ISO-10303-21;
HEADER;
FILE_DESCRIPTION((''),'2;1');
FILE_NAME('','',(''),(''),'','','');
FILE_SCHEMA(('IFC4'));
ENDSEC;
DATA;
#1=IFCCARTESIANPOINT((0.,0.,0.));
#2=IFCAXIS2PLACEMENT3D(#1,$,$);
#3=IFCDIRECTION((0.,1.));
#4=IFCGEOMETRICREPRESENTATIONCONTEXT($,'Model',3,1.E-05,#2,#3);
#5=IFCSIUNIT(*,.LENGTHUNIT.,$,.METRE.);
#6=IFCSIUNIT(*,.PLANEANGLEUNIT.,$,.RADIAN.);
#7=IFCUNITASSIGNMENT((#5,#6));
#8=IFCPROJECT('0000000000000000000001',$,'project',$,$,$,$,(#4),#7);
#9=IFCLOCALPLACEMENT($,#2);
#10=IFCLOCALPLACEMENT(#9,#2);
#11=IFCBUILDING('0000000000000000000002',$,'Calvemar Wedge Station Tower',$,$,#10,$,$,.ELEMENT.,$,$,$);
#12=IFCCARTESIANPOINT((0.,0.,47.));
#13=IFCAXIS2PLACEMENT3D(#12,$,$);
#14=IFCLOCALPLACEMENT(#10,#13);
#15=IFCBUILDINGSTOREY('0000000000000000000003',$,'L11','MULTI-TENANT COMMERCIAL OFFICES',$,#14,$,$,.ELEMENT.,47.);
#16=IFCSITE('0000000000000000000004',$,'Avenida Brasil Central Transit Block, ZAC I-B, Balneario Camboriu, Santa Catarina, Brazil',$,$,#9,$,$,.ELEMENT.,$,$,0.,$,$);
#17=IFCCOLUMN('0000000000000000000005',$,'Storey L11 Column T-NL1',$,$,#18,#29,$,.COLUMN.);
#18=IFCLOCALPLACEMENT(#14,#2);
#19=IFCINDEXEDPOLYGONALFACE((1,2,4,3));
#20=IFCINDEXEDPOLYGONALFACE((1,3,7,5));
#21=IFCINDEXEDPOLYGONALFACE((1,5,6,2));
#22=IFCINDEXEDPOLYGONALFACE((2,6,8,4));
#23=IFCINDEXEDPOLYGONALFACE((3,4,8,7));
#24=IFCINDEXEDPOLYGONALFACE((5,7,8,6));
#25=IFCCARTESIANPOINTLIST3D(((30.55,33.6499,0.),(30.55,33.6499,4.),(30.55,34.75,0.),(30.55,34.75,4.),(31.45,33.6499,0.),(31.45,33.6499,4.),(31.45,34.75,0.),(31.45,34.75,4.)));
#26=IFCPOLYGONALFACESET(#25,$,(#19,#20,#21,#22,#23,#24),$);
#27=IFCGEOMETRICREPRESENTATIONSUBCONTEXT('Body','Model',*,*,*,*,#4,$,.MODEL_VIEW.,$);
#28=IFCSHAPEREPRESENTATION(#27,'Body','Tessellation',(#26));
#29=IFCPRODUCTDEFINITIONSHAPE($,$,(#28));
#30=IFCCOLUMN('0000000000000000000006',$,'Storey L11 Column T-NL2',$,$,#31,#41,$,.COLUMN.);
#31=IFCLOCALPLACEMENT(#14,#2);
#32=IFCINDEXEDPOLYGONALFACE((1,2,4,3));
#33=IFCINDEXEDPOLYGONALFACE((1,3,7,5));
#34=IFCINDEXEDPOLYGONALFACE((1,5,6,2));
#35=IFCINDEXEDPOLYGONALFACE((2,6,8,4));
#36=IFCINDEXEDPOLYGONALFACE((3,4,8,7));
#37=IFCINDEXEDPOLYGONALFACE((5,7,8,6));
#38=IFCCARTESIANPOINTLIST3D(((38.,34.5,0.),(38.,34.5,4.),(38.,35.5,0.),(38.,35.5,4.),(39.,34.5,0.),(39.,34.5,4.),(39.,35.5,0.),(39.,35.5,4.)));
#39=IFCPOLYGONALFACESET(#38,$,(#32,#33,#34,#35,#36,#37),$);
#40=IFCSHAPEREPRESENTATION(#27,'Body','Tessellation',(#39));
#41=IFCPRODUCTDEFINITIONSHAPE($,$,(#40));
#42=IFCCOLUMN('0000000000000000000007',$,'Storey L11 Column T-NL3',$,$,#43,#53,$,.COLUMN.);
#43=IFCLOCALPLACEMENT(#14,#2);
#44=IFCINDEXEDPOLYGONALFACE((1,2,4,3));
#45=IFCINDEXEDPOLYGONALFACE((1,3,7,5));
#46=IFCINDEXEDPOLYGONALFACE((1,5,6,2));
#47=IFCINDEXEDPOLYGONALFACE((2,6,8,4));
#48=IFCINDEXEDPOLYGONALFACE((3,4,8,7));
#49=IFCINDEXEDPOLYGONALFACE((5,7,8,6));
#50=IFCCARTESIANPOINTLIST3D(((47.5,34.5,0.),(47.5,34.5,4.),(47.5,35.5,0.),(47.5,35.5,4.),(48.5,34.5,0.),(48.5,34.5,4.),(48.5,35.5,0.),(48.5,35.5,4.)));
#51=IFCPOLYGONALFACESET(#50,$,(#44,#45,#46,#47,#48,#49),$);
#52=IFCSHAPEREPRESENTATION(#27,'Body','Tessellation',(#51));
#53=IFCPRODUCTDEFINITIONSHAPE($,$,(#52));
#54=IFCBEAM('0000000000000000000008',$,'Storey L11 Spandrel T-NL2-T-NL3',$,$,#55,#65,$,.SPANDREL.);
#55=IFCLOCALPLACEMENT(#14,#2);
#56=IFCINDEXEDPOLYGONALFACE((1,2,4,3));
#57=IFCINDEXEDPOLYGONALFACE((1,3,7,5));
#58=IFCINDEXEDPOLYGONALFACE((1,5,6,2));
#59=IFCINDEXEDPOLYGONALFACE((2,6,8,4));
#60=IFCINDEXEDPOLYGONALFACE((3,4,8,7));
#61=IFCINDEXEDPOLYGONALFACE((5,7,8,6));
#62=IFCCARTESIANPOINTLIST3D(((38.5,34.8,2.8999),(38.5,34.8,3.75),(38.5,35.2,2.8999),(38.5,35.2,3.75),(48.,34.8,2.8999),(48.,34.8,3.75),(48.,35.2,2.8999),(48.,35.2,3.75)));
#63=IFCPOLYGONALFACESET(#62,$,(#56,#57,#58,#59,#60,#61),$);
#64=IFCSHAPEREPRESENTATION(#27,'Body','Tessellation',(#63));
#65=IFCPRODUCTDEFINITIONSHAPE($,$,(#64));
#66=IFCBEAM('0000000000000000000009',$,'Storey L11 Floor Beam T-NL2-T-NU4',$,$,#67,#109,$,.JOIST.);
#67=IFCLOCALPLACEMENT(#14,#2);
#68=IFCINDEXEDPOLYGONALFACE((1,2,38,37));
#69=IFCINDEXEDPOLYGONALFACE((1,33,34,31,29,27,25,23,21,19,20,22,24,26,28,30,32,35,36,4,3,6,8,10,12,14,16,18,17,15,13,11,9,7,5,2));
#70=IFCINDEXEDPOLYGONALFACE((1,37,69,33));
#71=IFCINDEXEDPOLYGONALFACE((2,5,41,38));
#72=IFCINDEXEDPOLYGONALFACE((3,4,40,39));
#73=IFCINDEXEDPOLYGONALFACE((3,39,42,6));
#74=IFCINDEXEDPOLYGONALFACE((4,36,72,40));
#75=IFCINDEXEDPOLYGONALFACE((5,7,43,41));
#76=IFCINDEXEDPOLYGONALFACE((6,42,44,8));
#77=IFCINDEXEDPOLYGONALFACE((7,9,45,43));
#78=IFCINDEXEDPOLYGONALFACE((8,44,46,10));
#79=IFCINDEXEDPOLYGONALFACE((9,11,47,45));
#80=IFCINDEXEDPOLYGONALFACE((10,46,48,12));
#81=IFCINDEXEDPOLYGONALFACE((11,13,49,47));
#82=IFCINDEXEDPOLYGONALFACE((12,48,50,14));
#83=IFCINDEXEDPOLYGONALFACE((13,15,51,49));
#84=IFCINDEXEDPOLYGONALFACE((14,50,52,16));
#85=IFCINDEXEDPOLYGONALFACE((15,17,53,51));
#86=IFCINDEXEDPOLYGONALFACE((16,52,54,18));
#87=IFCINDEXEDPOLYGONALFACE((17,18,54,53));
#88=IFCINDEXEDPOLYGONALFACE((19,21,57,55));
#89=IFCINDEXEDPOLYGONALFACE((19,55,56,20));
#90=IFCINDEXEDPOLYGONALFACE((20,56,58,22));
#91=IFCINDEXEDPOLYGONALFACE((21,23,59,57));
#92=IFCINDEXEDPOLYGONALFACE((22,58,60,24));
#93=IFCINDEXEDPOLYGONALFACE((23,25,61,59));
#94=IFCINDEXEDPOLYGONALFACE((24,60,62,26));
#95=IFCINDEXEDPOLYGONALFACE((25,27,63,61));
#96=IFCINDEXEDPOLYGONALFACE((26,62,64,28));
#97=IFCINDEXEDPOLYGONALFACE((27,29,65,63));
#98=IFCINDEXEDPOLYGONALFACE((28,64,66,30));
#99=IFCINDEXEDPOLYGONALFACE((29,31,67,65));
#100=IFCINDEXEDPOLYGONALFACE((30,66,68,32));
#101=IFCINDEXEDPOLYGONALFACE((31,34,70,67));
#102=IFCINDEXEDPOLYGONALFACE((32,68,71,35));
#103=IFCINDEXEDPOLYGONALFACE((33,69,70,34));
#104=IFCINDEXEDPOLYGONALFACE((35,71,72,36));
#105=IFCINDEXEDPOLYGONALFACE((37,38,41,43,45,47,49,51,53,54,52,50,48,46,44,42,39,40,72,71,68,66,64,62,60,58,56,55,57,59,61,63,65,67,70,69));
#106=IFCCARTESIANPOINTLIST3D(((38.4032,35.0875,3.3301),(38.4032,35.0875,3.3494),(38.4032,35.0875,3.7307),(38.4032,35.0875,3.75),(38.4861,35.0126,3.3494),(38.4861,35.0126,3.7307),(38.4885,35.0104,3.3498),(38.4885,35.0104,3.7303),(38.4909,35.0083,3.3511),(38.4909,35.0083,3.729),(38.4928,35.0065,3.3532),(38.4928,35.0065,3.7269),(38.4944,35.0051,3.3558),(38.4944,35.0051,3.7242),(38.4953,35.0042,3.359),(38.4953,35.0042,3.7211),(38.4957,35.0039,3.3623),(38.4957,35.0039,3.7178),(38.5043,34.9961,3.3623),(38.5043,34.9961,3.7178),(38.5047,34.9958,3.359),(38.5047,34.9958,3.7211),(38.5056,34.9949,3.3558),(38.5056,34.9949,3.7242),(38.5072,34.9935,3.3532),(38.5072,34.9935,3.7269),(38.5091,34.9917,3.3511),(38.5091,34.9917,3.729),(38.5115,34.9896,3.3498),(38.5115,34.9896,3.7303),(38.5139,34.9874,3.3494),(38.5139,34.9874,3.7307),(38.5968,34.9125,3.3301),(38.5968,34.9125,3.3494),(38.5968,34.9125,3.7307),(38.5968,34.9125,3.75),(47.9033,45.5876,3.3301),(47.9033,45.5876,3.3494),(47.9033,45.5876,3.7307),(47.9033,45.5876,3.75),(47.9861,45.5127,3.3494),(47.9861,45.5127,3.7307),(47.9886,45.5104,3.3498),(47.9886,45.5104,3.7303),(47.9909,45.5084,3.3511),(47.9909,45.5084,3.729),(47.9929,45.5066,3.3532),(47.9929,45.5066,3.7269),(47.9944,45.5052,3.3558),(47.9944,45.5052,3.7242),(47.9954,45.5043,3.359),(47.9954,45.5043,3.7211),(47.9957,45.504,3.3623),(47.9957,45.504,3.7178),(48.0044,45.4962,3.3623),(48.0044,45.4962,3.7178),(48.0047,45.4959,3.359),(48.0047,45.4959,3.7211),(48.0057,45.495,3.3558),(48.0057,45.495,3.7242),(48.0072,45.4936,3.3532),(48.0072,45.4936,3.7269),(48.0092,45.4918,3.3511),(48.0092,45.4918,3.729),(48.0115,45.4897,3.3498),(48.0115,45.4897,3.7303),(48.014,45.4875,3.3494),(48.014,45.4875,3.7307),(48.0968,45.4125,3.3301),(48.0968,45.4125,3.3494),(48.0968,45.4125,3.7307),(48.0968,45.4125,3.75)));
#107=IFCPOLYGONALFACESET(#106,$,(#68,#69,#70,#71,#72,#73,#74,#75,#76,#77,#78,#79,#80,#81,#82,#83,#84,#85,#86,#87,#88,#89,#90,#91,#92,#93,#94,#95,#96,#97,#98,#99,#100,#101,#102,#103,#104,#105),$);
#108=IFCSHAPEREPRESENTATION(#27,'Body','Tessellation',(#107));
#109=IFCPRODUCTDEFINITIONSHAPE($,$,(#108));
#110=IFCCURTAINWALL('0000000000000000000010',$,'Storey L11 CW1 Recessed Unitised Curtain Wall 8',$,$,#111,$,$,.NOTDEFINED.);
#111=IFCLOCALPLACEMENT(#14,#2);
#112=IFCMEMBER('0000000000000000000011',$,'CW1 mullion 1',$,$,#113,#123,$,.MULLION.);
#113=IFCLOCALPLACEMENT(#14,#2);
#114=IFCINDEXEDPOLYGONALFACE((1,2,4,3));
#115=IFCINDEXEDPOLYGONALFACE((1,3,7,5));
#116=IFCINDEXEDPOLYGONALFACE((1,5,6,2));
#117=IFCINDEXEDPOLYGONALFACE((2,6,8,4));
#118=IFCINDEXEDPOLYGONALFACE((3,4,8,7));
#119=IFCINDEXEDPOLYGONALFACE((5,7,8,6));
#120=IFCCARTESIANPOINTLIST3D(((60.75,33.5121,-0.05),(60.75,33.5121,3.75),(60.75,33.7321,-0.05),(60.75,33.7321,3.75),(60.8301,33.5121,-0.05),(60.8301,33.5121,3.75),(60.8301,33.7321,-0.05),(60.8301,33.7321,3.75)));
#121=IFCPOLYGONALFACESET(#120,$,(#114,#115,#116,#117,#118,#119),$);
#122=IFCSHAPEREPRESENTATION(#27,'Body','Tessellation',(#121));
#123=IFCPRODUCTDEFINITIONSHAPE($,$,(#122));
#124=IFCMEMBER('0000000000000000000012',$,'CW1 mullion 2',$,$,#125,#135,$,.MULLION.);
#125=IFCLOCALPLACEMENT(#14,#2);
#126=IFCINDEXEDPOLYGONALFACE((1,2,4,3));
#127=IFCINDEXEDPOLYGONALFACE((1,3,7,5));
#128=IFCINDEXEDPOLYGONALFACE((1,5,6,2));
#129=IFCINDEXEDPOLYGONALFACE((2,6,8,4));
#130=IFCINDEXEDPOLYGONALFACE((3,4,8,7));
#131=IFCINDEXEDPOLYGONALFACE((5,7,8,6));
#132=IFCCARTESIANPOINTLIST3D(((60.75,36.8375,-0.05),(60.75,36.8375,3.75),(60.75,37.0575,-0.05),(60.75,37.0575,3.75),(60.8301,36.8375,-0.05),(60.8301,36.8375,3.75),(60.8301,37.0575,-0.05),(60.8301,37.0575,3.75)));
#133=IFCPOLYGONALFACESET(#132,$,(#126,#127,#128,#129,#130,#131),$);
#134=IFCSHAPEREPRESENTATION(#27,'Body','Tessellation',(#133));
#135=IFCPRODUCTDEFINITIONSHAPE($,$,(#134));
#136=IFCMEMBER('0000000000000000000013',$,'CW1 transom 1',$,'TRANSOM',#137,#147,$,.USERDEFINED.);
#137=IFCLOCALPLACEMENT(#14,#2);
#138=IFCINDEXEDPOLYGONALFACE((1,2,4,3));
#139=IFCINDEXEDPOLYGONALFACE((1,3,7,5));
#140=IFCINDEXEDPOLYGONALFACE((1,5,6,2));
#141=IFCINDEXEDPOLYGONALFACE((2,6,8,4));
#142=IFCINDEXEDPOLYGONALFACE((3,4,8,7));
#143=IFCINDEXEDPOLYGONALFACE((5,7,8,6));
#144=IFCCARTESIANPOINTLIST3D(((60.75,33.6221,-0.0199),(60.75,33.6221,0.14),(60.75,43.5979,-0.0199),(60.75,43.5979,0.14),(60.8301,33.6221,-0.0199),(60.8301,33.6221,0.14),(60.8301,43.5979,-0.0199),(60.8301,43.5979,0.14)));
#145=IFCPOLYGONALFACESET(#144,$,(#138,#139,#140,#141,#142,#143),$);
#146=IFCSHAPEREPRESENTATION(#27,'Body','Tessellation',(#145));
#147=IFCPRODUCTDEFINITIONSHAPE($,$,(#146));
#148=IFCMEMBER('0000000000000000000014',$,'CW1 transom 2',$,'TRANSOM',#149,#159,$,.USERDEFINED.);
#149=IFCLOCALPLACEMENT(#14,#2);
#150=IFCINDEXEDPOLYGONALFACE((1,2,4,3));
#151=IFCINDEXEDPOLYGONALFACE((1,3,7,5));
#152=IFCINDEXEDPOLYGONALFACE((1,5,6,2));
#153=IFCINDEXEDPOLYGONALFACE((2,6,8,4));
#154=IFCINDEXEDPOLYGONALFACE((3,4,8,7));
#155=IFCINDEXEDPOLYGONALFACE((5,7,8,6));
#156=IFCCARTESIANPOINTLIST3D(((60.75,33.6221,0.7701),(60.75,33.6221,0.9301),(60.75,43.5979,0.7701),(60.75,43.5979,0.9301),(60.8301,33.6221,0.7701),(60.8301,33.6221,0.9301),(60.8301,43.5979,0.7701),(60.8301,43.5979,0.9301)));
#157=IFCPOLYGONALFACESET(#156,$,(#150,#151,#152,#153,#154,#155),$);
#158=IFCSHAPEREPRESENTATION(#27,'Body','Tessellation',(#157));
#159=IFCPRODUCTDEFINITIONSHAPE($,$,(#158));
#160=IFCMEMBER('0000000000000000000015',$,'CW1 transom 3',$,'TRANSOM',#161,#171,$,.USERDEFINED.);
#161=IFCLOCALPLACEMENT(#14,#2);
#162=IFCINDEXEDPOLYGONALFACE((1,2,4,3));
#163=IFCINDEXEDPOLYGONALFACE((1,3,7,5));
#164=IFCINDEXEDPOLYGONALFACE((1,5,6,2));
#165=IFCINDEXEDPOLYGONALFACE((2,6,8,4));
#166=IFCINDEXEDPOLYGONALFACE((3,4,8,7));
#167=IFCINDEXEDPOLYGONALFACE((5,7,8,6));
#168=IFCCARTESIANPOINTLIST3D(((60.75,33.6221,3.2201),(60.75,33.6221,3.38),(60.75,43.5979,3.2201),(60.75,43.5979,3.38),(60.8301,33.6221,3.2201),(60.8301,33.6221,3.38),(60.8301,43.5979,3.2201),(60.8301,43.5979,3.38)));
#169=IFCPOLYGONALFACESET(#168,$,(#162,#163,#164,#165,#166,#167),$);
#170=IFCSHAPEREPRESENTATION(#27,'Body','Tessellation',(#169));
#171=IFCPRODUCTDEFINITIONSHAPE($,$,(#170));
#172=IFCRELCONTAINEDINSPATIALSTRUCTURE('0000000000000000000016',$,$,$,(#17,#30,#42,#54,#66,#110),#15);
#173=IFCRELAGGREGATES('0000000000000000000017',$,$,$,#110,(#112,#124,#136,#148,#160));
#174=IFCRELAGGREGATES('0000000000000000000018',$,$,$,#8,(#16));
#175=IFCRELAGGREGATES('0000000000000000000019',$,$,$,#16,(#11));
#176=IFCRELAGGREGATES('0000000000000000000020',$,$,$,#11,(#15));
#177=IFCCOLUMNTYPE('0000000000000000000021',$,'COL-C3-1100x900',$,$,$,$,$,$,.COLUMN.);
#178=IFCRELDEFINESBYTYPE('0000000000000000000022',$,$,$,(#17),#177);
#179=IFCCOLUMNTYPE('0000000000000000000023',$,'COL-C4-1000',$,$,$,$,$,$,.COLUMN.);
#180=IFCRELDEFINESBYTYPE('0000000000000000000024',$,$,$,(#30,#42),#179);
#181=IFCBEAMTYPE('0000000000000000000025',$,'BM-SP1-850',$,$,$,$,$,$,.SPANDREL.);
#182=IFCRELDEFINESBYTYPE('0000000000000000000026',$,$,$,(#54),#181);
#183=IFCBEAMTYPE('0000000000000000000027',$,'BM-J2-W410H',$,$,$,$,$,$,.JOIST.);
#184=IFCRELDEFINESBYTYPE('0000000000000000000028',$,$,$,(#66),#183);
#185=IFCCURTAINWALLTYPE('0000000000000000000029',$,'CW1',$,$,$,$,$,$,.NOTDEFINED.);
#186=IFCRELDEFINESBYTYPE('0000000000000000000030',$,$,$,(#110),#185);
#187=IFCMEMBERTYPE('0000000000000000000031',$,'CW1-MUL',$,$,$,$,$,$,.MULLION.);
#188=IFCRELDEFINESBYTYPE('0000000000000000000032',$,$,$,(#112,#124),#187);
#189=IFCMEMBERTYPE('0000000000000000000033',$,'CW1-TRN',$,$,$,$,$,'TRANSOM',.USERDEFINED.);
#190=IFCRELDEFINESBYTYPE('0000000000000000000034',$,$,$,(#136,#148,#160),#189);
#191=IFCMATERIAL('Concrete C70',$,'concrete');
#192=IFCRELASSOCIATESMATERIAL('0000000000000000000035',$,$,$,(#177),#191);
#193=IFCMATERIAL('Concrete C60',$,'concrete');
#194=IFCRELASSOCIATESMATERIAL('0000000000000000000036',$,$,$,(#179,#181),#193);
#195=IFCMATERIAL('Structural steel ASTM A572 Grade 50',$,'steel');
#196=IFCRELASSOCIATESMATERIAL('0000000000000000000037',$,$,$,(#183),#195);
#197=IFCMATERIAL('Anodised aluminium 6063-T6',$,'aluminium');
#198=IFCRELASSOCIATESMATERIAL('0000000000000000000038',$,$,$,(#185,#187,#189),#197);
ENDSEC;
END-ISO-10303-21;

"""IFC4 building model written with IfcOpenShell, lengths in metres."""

from ifc_helpers import new_model, si_unit, direction, frame, origin, origin_2d, place, context, subcontext, project, spatial, rectangle, i_section, extrude, source, transform, mapped, material, material_profile, profile_set, type_object, element, aggregate, save


model = new_model("IFC4")

# Units and contexts
model_context = context("Model", 3, precision=1e-05, world=origin(), true_north=direction((0.0, 1.0)))
body_context = subcontext(model_context, "Body", "Model", "MODEL_VIEW")
ifc_project = project(units=[si_unit("LENGTHUNIT", "METRE"), si_unit("PLANEANGLEUNIT", "RADIAN")], contexts=[model_context])

# Site, building, storey
site_placement = place(None, origin())
site = spatial("IfcSite", under=ifc_project, at=site_placement, Name="Avenida Brasil Central Transit Block, ZAC I-B, Balneario Camboriu, Santa Catarina, Brazil", CompositionType="ELEMENT", RefElevation=0.0)
building_placement = place(site_placement, origin())
building = spatial("IfcBuilding", under=site, at=building_placement, Name="Calvemar Wedge Station Tower", CompositionType="ELEMENT")
storey_placement = place(building_placement, frame((0.0, 0.0, 47.0)))
storey = spatial("IfcBuildingStorey", under=building, at=storey_placement, Name="L11", Description="MULTI-TENANT COMMERCIAL OFFICES", CompositionType="ELEMENT", Elevation=47.0)

# Columns
ifc_material_1 = material(Name="Concrete C70", Category="concrete")
ifc_material_profile_1 = material_profile(ifc_material_1, rectangle(XDim=0.8999, YDim=1.1001, at=origin_2d()), Name="RC1100x900")
ifc_profile_set_1 = profile_set([ifc_material_profile_1], Name="Concrete C70")
column_type_1 = type_object("IfcColumnType", Name="COL-C3-1100x900", PredefinedType="COLUMN", material=ifc_profile_set_1)
shared_shape_1 = source(origin(), body_context, "Body", "SweptSolid", [
    extrude(rectangle(XDim=0.8999, YDim=1.1001, at=origin_2d()), origin(), (0.0, 0.0, 1.0), 4.0),
])
column_placement = place(storey_placement, frame((31.0, 34.2, 0.0), z_axis=(0.0, 0.0, 1.0), x_axis=(1.0, 0.0, 0.0)))
element("IfcColumn", 1, at=column_placement, inside=storey, type_object=column_type_1, Name="Storey L11 Column T-NL1", PredefinedType="COLUMN", context=body_context, shape_type="MappedRepresentation", body=[
    mapped(shared_shape_1, transform((0.0, 0.0, 0.0), scale=1.0)),
])
ifc_material_2 = material(Name="Concrete C60", Category="concrete")
ifc_material_profile_2 = material_profile(ifc_material_2, rectangle(XDim=1.0, YDim=1.0, at=origin_2d()), Name="RC1000x1000")
ifc_profile_set_2 = profile_set([ifc_material_profile_2], Name="Concrete C60")
column_type_2 = type_object("IfcColumnType", Name="COL-C4-1000", PredefinedType="COLUMN", material=ifc_profile_set_2)
shared_shape_2 = source(origin(), body_context, "Body", "SweptSolid", [
    extrude(rectangle(XDim=1.0, YDim=1.0, at=origin_2d()), origin(), (0.0, 0.0, 1.0), 4.0),
])
for number, where, z_axis, x_axis, name in (
    (2, (38.5, 35.0, 0.0), (0.0, 0.0, 1.0), (1.0, 0.0, 0.0), "Storey L11 Column T-NL2"),
    (3, (48.0, 35.0, 0.0), (0.0, 0.0, 1.0), (1.0, 0.0, 0.0), "Storey L11 Column T-NL3"),
):
    element("IfcColumn", number, at=place(storey_placement, frame(where, z_axis=z_axis, x_axis=x_axis)), inside=storey, type_object=column_type_2, Name=name, PredefinedType="COLUMN", context=body_context, shape_type="MappedRepresentation", body=[
        mapped(shared_shape_2, transform((0.0, 0.0, 0.0), scale=1.0)),
    ])

# Beams
ifc_material_profile_3 = material_profile(ifc_material_2, rectangle(XDim=0.3999, YDim=0.8501, at=origin_2d()), Name="RC400x850")
ifc_profile_set_3 = profile_set([ifc_material_profile_3], Name="Concrete C60")
beam_type_1 = type_object("IfcBeamType", Name="BM-SP1-850", PredefinedType="SPANDREL", material=ifc_profile_set_3)
shared_shape_3 = source(origin(), body_context, "Body", "SweptSolid", [
    extrude(rectangle(XDim=0.3999, YDim=0.8501, at=origin_2d()), origin(), (0.0, 0.0, 1.0), 9.5),
])
beam_1_placement = place(storey_placement, frame((38.5, 35.0, 3.325), z_axis=(1.0, 0.0, 0.0), x_axis=(0.0, 1.0, 0.0)))
element("IfcBeam", 4, at=beam_1_placement, inside=storey, type_object=beam_type_1, Name="Storey L11 Spandrel T-NL2-T-NL3", PredefinedType="SPANDREL", context=body_context, shape_type="MappedRepresentation", body=[
    mapped(shared_shape_3, transform((0.0, 0.0, 0.0), scale=1.0)),
])
ifc_material_3 = material(Name="Structural steel ASTM A572 Grade 50", Category="steel")
ifc_material_profile_4 = material_profile(ifc_material_3, i_section(OverallWidth=0.261, OverallDepth=0.4199, WebThickness=0.0117, FlangeThickness=0.0193, FilletRadius=0.0129, at=origin_2d()), Name="W410x114")
ifc_profile_set_4 = profile_set([ifc_material_profile_4], Name="Structural steel ASTM A572 Grade 50")
beam_type_2 = type_object("IfcBeamType", Name="BM-J2-W410H", PredefinedType="JOIST", material=ifc_profile_set_4)
shared_shape_4 = source(origin(), body_context, "Body", "SweptSolid", [
    extrude(i_section(OverallWidth=0.261, OverallDepth=0.4199, WebThickness=0.0117, FlangeThickness=0.0193, FilletRadius=0.0129, at=origin_2d()), origin(), (0.0, 0.0, 1.0), 14.1599),
])
beam_2_placement = place(storey_placement, frame((38.5, 35.0, 3.54), z_axis=(0.670913, 0.741536, 0.0), x_axis=(-0.741536, 0.670913, 0.0)))
element("IfcBeam", 5, at=beam_2_placement, inside=storey, type_object=beam_type_2, Name="Storey L11 Floor Beam T-NL2-T-NU4", PredefinedType="JOIST", context=body_context, shape_type="MappedRepresentation", body=[
    mapped(shared_shape_4, transform((0.0, 0.0, 0.0), scale=1.0)),
])

# Curtain wall, members
ifc_material_4 = material(Name="Anodised aluminium 6063-T6", Category="aluminium")
curtain_wall_type = type_object("IfcCurtainWallType", Name="CW1", PredefinedType="NOTDEFINED", material=ifc_material_4)
curtain_wall_placement = place(storey_placement, origin())
curtain_wall = element("IfcCurtainWall", 6, at=curtain_wall_placement, inside=storey, type_object=curtain_wall_type, Name="Storey L11 CW1 Recessed Unitised Curtain Wall 8", PredefinedType="NOTDEFINED")
ifc_material_profile_5 = material_profile(ifc_material_4, rectangle(XDim=0.0801, YDim=0.22, at=origin_2d()), Name="AL-MUL-80x220")
ifc_profile_set_5 = profile_set([ifc_material_profile_5], Name="Anodised aluminium 6063-T6")
member_type_1 = type_object("IfcMemberType", Name="CW1-MUL", PredefinedType="MULLION", material=ifc_profile_set_5)
shared_shape_5 = source(origin(), body_context, "Body", "SweptSolid", [
    extrude(rectangle(XDim=0.0801, YDim=0.22, at=origin_2d()), origin(), (0.0, 0.0, 1.0), 3.8),
])
member_1_placement = place(storey_placement, frame((60.79, 33.6221, -0.05), z_axis=(0.0, 0.0, 1.0), x_axis=(1.0, 0.0, 0.0)))
member_1 = element("IfcMember", 7, at=member_1_placement, type_object=member_type_1, Name="CW1 mullion 1", PredefinedType="MULLION", context=body_context, shape_type="MappedRepresentation", body=[
    mapped(shared_shape_5, transform((0.0, 0.0, 0.0), scale=1.0)),
])
member_2_placement = place(storey_placement, frame((60.79, 36.9475, -0.05), z_axis=(0.0, 0.0, 1.0), x_axis=(1.0, 0.0, 0.0)))
member_2 = element("IfcMember", 8, at=member_2_placement, type_object=member_type_1, Name="CW1 mullion 2", PredefinedType="MULLION", context=body_context, shape_type="MappedRepresentation", body=[
    mapped(shared_shape_5, transform((0.0, 0.0, 0.0), scale=1.0)),
])
ifc_material_profile_6 = material_profile(ifc_material_4, rectangle(XDim=0.0801, YDim=0.1599, at=origin_2d()), Name="AL-TRN-80x160")
ifc_profile_set_6 = profile_set([ifc_material_profile_6], Name="Anodised aluminium 6063-T6")
member_type_2 = type_object("IfcMemberType", Name="CW1-TRN", ElementType="TRANSOM", PredefinedType="USERDEFINED", material=ifc_profile_set_6)
shared_shape_6 = source(origin(), body_context, "Body", "SweptSolid", [
    extrude(rectangle(XDim=0.0801, YDim=0.1599, at=origin_2d()), origin(), (0.0, 0.0, 1.0), 9.9758),
])
member_3_placement = place(storey_placement, frame((60.79, 33.6221, 0.0601), z_axis=(0.0, 1.0, 0.0), x_axis=(-1.0, 0.0, 0.0)))
member_3 = element("IfcMember", 9, at=member_3_placement, type_object=member_type_2, Name="CW1 transom 1", ObjectType="TRANSOM", PredefinedType="USERDEFINED", context=body_context, shape_type="MappedRepresentation", body=[
    mapped(shared_shape_6, transform((0.0, 0.0, 0.0), scale=1.0)),
])
member_4_placement = place(storey_placement, frame((60.79, 33.6221, 0.8501), z_axis=(0.0, 1.0, 0.0), x_axis=(-1.0, 0.0, 0.0)))
member_4 = element("IfcMember", 10, at=member_4_placement, type_object=member_type_2, Name="CW1 transom 2", ObjectType="TRANSOM", PredefinedType="USERDEFINED", context=body_context, shape_type="MappedRepresentation", body=[
    mapped(shared_shape_6, transform((0.0, 0.0, 0.0), scale=1.0)),
])
member_5_placement = place(storey_placement, frame((60.79, 33.6221, 3.3), z_axis=(0.0, 1.0, 0.0), x_axis=(-1.0, 0.0, 0.0)))
member_5 = element("IfcMember", 11, at=member_5_placement, type_object=member_type_2, Name="CW1 transom 3", ObjectType="TRANSOM", PredefinedType="USERDEFINED", context=body_context, shape_type="MappedRepresentation", body=[
    mapped(shared_shape_6, transform((0.0, 0.0, 0.0), scale=1.0)),
])
aggregate(curtain_wall, [member_1, member_2, member_3, member_4, member_5])

save(model, "model.ifc")
